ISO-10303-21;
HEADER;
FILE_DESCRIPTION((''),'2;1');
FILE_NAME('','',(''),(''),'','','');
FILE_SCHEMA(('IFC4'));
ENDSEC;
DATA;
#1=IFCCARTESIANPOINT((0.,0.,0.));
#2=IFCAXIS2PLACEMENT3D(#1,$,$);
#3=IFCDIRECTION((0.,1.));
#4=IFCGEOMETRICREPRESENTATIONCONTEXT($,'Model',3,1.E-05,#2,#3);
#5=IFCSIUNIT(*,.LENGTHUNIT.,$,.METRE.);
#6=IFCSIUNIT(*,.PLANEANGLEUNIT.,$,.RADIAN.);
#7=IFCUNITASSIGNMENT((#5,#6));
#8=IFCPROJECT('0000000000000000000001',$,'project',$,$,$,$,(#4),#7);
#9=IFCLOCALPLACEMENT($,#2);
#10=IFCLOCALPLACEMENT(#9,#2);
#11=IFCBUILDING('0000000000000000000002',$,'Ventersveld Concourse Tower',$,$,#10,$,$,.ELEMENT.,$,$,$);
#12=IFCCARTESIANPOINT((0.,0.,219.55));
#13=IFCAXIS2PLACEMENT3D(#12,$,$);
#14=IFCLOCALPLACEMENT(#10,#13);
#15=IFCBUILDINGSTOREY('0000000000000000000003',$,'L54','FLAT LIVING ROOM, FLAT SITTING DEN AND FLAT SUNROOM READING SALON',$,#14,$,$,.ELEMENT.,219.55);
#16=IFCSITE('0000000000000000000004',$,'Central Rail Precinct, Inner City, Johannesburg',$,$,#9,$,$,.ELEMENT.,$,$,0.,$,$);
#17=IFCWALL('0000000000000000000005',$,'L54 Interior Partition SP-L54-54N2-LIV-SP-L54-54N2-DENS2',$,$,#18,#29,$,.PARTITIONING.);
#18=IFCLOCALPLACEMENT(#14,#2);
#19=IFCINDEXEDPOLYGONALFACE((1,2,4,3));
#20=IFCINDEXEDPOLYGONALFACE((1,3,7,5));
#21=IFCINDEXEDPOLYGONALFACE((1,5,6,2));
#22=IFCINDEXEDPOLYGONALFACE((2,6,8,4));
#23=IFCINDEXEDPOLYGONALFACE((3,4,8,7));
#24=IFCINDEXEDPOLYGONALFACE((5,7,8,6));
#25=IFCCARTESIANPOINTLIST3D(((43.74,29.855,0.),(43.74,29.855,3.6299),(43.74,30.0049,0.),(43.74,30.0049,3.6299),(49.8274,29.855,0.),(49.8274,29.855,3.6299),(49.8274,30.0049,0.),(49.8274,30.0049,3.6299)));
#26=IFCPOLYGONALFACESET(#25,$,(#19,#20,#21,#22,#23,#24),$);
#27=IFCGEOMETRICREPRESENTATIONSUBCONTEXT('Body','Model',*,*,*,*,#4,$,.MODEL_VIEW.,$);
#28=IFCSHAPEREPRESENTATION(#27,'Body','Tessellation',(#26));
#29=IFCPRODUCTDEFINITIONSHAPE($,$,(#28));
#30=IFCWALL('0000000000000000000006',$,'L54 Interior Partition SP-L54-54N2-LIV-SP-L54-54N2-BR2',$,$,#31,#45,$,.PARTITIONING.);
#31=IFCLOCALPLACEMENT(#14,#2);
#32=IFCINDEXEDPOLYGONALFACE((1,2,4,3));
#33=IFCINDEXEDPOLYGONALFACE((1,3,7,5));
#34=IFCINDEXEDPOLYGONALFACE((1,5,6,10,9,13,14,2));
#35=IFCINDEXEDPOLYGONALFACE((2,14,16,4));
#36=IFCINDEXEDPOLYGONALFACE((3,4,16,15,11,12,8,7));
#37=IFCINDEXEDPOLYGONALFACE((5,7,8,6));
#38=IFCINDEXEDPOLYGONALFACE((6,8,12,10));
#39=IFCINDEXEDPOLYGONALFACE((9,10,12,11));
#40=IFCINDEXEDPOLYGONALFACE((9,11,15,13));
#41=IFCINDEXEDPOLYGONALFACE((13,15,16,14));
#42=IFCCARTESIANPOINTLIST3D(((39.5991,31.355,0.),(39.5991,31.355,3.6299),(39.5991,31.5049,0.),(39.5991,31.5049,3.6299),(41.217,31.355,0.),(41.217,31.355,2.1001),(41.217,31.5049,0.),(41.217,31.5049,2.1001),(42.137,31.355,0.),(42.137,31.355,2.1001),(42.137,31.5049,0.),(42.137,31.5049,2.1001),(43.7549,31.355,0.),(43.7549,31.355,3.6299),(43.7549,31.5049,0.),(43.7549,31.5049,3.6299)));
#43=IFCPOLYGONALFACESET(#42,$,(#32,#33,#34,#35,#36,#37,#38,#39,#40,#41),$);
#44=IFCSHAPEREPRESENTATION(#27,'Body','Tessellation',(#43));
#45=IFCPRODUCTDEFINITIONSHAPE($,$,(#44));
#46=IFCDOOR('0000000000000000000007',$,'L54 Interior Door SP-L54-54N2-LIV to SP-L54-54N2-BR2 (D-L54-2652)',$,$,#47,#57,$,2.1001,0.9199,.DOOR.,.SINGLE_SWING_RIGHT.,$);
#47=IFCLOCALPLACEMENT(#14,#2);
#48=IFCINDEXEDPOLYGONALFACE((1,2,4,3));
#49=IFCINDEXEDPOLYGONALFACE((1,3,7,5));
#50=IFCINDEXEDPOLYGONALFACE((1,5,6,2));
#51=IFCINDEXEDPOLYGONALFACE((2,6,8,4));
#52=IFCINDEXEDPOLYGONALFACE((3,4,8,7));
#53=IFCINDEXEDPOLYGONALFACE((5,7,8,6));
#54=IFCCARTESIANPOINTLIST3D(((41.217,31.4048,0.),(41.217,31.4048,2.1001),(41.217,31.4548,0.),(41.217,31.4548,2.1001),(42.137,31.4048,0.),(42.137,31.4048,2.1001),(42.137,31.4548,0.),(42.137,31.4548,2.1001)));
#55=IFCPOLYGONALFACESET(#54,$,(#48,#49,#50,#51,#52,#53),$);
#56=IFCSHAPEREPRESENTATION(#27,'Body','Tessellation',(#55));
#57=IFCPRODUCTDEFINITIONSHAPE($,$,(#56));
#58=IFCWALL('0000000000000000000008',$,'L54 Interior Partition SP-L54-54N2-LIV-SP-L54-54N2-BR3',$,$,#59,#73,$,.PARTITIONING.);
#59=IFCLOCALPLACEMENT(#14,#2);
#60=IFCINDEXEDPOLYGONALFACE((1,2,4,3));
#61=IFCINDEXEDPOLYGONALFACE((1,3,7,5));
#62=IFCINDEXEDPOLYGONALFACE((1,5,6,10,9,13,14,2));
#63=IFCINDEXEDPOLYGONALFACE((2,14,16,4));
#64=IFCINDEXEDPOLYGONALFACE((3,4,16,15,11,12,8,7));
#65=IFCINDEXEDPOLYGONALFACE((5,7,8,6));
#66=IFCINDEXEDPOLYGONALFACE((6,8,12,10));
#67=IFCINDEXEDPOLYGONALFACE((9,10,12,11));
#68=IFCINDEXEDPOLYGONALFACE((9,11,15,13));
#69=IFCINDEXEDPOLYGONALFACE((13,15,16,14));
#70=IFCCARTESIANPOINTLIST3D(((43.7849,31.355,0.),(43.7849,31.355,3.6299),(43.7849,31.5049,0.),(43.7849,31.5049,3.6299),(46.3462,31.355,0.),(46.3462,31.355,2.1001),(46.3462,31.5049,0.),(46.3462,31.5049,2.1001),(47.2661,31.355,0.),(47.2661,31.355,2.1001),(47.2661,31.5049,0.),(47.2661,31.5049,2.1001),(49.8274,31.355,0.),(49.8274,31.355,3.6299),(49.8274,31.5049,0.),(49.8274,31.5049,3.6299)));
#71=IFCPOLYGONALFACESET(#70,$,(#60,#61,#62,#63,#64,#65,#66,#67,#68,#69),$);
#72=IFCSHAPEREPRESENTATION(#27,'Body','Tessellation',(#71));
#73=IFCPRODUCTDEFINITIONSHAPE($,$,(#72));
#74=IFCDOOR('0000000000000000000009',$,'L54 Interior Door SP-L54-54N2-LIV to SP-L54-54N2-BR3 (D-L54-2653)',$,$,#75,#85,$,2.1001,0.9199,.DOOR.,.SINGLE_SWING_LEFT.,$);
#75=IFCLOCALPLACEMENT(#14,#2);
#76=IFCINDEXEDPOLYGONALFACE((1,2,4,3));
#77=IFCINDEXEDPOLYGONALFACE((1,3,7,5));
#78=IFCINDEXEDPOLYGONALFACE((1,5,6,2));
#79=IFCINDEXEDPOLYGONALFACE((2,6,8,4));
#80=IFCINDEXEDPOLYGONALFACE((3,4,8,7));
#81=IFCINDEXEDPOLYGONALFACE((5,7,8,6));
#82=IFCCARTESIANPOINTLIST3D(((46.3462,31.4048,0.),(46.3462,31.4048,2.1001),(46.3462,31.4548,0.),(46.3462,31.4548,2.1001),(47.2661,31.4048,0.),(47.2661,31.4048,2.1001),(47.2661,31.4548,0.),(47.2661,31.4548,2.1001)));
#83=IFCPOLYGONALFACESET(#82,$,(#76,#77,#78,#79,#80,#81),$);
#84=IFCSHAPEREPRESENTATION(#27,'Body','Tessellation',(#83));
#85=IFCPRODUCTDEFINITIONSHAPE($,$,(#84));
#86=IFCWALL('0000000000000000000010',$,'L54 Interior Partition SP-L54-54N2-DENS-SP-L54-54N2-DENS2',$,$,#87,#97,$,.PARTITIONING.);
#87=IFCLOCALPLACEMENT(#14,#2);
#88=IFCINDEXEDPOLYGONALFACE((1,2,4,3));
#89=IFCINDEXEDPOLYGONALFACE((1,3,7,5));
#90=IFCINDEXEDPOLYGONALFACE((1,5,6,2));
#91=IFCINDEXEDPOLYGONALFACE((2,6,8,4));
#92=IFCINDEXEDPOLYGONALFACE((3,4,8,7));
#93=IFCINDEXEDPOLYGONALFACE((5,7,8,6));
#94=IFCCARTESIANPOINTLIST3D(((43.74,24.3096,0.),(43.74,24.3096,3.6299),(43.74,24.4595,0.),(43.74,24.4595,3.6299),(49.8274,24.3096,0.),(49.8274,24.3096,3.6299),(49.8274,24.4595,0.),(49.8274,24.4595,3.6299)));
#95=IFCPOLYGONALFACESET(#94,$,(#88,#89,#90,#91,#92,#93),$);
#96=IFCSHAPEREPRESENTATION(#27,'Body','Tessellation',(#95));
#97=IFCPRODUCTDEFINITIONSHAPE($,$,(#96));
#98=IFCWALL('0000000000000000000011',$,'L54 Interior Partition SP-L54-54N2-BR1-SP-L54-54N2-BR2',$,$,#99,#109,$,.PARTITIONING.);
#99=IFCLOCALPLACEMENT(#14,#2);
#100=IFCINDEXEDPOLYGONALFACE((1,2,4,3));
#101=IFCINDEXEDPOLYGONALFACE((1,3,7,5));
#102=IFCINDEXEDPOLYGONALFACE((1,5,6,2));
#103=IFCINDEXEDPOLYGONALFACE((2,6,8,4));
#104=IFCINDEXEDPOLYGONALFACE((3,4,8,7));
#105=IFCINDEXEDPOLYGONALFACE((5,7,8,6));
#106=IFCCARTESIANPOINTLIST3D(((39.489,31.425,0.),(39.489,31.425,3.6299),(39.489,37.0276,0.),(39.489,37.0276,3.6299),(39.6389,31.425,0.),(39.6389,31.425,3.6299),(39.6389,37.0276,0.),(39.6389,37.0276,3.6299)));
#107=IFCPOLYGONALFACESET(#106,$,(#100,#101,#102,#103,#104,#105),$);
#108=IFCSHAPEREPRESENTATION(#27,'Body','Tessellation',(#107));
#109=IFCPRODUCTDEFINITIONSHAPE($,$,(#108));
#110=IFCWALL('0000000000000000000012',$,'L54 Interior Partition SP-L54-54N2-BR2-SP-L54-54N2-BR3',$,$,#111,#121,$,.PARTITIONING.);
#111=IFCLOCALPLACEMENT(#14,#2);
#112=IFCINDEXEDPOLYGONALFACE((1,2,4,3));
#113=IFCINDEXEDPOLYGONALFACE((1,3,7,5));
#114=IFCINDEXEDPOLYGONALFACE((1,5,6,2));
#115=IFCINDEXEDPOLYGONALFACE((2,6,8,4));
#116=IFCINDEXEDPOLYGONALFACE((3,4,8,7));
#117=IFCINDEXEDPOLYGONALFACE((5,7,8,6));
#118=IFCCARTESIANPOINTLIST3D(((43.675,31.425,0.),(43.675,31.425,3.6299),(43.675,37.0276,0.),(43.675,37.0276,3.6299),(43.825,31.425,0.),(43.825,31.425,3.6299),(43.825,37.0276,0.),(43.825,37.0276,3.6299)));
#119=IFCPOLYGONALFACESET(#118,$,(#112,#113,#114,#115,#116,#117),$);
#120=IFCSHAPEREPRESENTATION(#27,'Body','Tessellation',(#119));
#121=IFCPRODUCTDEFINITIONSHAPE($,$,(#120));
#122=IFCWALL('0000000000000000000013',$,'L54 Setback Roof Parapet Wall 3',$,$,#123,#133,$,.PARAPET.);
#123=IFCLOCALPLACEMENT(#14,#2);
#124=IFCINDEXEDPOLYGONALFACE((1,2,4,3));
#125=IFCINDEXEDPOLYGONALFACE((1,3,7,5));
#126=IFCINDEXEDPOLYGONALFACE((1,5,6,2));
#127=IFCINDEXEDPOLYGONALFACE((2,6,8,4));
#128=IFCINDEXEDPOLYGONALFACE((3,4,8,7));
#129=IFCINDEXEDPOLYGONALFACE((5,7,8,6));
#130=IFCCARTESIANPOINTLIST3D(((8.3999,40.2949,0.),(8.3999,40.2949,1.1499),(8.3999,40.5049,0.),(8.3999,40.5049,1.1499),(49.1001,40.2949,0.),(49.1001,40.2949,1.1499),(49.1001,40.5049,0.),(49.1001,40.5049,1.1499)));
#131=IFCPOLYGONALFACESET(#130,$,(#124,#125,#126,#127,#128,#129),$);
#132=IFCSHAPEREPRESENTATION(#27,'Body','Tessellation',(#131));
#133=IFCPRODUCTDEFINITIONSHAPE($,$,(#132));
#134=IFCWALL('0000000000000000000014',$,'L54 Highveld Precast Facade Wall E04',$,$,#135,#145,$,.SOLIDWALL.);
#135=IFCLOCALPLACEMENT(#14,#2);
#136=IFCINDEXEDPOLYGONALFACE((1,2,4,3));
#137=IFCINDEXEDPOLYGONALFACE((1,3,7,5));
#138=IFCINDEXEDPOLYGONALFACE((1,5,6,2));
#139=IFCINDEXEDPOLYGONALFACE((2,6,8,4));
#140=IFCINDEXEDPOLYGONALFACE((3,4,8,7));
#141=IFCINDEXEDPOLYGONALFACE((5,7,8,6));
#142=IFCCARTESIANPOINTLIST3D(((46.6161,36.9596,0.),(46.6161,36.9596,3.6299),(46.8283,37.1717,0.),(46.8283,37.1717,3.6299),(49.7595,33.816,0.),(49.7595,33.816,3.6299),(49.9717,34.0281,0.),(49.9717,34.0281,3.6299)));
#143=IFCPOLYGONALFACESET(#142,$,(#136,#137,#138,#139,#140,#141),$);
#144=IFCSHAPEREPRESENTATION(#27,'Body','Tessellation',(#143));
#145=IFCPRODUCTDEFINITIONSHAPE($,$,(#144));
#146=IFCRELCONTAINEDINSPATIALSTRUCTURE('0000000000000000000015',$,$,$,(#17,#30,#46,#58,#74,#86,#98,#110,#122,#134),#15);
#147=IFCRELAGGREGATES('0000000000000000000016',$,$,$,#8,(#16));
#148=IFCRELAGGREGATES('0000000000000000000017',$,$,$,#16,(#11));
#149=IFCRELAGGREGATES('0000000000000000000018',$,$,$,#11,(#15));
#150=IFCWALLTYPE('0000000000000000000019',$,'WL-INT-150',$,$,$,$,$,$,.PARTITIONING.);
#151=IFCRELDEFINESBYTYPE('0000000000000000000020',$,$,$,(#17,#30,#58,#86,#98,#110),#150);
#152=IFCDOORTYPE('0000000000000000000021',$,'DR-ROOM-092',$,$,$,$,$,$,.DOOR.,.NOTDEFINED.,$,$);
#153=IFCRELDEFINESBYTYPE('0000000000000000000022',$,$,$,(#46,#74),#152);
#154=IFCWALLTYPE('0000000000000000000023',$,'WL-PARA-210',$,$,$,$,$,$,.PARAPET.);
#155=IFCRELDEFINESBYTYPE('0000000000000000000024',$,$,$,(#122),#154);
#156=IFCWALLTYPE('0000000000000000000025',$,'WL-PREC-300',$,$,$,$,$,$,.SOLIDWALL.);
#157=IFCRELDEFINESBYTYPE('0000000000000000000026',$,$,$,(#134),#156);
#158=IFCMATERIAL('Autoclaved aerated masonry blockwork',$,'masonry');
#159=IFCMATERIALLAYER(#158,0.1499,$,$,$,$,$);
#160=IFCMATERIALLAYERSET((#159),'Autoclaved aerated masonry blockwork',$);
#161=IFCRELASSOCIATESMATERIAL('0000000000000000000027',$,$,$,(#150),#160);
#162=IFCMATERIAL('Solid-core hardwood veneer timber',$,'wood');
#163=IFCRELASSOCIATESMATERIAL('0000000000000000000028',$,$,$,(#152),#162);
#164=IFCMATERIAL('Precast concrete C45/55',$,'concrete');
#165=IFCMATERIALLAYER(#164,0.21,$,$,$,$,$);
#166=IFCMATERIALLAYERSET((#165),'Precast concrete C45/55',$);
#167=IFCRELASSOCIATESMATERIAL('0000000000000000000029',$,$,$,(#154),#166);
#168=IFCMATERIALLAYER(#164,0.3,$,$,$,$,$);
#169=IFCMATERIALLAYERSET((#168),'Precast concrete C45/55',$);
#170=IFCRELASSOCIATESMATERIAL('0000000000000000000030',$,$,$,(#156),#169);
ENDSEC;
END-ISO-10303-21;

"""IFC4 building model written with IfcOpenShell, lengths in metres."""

from ifc_helpers import new_model, si_unit, direction, frame, frame_2d, origin, place, context, subcontext, project, spatial, rectangle, extrude, material, layer, layer_set, type_object, element, fill, save


model = new_model("IFC4")

# Units and contexts
model_context = context("Model", 3, precision=1e-05, world=origin(), true_north=direction((0.0, 1.0)))
body_context = subcontext(model_context, "Body", "Model", "MODEL_VIEW")
ifc_project = project(units=[si_unit("LENGTHUNIT", "METRE"), si_unit("PLANEANGLEUNIT", "RADIAN")], contexts=[model_context])

# Site, building, storey
site_placement = place(None, origin())
site = spatial("IfcSite", under=ifc_project, at=site_placement, Name="Central Rail Precinct, Inner City, Johannesburg", CompositionType="ELEMENT", RefElevation=0.0)
building_placement = place(site_placement, origin())
building = spatial("IfcBuilding", under=site, at=building_placement, Name="Ventersveld Concourse Tower", CompositionType="ELEMENT")
storey_placement = place(building_placement, frame((0.0, 0.0, 219.55)))
storey = spatial("IfcBuildingStorey", under=building, at=storey_placement, Name="L54", Description="FLAT LIVING ROOM, FLAT SITTING DEN AND FLAT SUNROOM READING SALON", CompositionType="ELEMENT", Elevation=219.55)

# Shared definitions
ifc_material_1 = material(Name="Autoclaved aerated masonry blockwork", Category="masonry")
ifc_layer_1 = layer(ifc_material_1, 0.1499)
ifc_layer_set_1 = layer_set([ifc_layer_1], Name="Autoclaved aerated masonry blockwork")
wall_type_1 = type_object("IfcWallType", Name="WL-INT-150", PredefinedType="PARTITIONING", material=ifc_layer_set_1)
ifc_material_2 = material(Name="Solid-core hardwood veneer timber", Category="wood")
door_type = type_object("IfcDoorType", Name="DR-ROOM-092", OperationType="NOTDEFINED", PredefinedType="DOOR", material=ifc_material_2)

# Wall
wall_1_placement = place(storey_placement, frame((43.74, 29.9299, 0.0), z_axis=(0.0, 0.0, 1.0), x_axis=(1.0, 0.0, 0.0)))
element("IfcWall", 1, at=wall_1_placement, inside=storey, type_object=wall_type_1, Name="L54 Interior Partition SP-L54-54N2-LIV-SP-L54-54N2-DENS2", PredefinedType="PARTITIONING", context=body_context, shape_type="SweptSolid", body=[
    extrude(rectangle(XDim=6.0874, YDim=0.1499, at=frame_2d((3.0437, 0.0))), origin(), (0.0, 0.0, 1.0), 3.6299),
])

# Walls, openings, doors
wall_2_placement = place(storey_placement, frame((39.5991, 31.4299, 0.0), z_axis=(0.0, 0.0, 1.0), x_axis=(1.0, 0.0, 0.0)))
wall_2 = element("IfcWall", 2, at=wall_2_placement, inside=storey, type_object=wall_type_1, Name="L54 Interior Partition SP-L54-54N2-LIV-SP-L54-54N2-BR2", PredefinedType="PARTITIONING", context=body_context, shape_type="SweptSolid", body=[
    extrude(rectangle(XDim=4.1558, YDim=0.1499, at=frame_2d((2.0779, 0.0))), origin(), (0.0, 0.0, 1.0), 3.6299),
])
opening_1_placement = place(wall_2_placement, frame((1.6179, 0.0, 0.0)))
opening_1 = element("IfcOpeningElement", 3, at=opening_1_placement, cuts=wall_2, PredefinedType="OPENING", context=body_context, shape_type="SweptSolid", body=[
    extrude(rectangle(XDim=0.9199, YDim=2.1001, at=frame_2d((0.46, 1.05))), frame((0.0, 0.085, 0.0), z_axis=(0.0, -1.0, 0.0), x_axis=(1.0, 0.0, 0.0)), (0.0, 0.0, 1.0), 0.1699),
])
door_1_placement = place(opening_1_placement, origin())
door_1 = element("IfcDoor", 4, at=door_1_placement, inside=storey, type_object=door_type, Name="L54 Interior Door SP-L54-54N2-LIV to SP-L54-54N2-BR2 (D-L54-2652)", OperationType="SINGLE_SWING_RIGHT", OverallHeight=2.1001, OverallWidth=0.9199, PredefinedType="DOOR", context=body_context, shape_type="SweptSolid", body=[
    extrude(rectangle(XDim=0.9199, YDim=2.1001, at=frame_2d((0.46, 1.05))), frame((0.0, 0.0249, 0.0), z_axis=(0.0, -1.0, 0.0), x_axis=(1.0, 0.0, 0.0)), (0.0, 0.0, 1.0), 0.05),
])
fill(opening_1, door_1)
wall_3_placement = place(storey_placement, frame((43.7849, 31.4299, 0.0), z_axis=(0.0, 0.0, 1.0), x_axis=(1.0, 0.0, 0.0)))
wall_3 = element("IfcWall", 5, at=wall_3_placement, inside=storey, type_object=wall_type_1, Name="L54 Interior Partition SP-L54-54N2-LIV-SP-L54-54N2-BR3", PredefinedType="PARTITIONING", context=body_context, shape_type="SweptSolid", body=[
    extrude(rectangle(XDim=6.0425, YDim=0.1499, at=frame_2d((3.0212, 0.0))), origin(), (0.0, 0.0, 1.0), 3.6299),
])
opening_2_placement = place(wall_3_placement, frame((2.5613, 0.0, 0.0)))
opening_2 = element("IfcOpeningElement", 6, at=opening_2_placement, cuts=wall_3, PredefinedType="OPENING", context=body_context, shape_type="SweptSolid", body=[
    extrude(rectangle(XDim=0.9199, YDim=2.1001, at=frame_2d((0.46, 1.05))), frame((0.0, 0.085, 0.0), z_axis=(0.0, -1.0, 0.0), x_axis=(1.0, 0.0, 0.0)), (0.0, 0.0, 1.0), 0.1699),
])
door_2_placement = place(opening_2_placement, origin())
door_2 = element("IfcDoor", 7, at=door_2_placement, inside=storey, type_object=door_type, Name="L54 Interior Door SP-L54-54N2-LIV to SP-L54-54N2-BR3 (D-L54-2653)", OperationType="SINGLE_SWING_LEFT", OverallHeight=2.1001, OverallWidth=0.9199, PredefinedType="DOOR", context=body_context, shape_type="SweptSolid", body=[
    extrude(rectangle(XDim=0.9199, YDim=2.1001, at=frame_2d((0.46, 1.05))), frame((0.0, 0.0249, 0.0), z_axis=(0.0, -1.0, 0.0), x_axis=(1.0, 0.0, 0.0)), (0.0, 0.0, 1.0), 0.05),
])
fill(opening_2, door_2)

# Walls
wall_4_placement = place(storey_placement, frame((43.74, 24.3845, 0.0), z_axis=(0.0, 0.0, 1.0), x_axis=(1.0, 0.0, 0.0)))
element("IfcWall", 8, at=wall_4_placement, inside=storey, type_object=wall_type_1, Name="L54 Interior Partition SP-L54-54N2-DENS-SP-L54-54N2-DENS2", PredefinedType="PARTITIONING", context=body_context, shape_type="SweptSolid", body=[
    extrude(rectangle(XDim=6.0874, YDim=0.1499, at=frame_2d((3.0437, 0.0))), origin(), (0.0, 0.0, 1.0), 3.6299),
])
for number, where, z_axis, x_axis, name in (
    (9, (39.564, 31.425, 0.0), (0.0, 0.0, 1.0), (0.0, 1.0, 0.0), "L54 Interior Partition SP-L54-54N2-BR1-SP-L54-54N2-BR2"),
    (10, (43.75, 31.425, 0.0), (0.0, 0.0, 1.0), (0.0, 1.0, 0.0), "L54 Interior Partition SP-L54-54N2-BR2-SP-L54-54N2-BR3"),
):
    element("IfcWall", number, at=place(storey_placement, frame(where, z_axis=z_axis, x_axis=x_axis)), inside=storey, type_object=wall_type_1, Name=name, PredefinedType="PARTITIONING", context=body_context, shape_type="SweptSolid", body=[
        extrude(rectangle(XDim=5.6025, YDim=0.1499, at=frame_2d((2.8013, 0.0))), origin(), (0.0, 0.0, 1.0), 3.6299),
    ])
ifc_material_3 = material(Name="Precast concrete C45/55", Category="concrete")
ifc_layer_2 = layer(ifc_material_3, 0.21)
ifc_layer_set_2 = layer_set([ifc_layer_2], Name="Precast concrete C45/55")
wall_type_2 = type_object("IfcWallType", Name="WL-PARA-210", PredefinedType="PARAPET", material=ifc_layer_set_2)
wall_5_placement = place(storey_placement, frame((49.1001, 40.3999, 0.0), z_axis=(0.0, 0.0, 1.0), x_axis=(-1.0, 0.0, 0.0)))
element("IfcWall", 11, at=wall_5_placement, inside=storey, type_object=wall_type_2, Name="L54 Setback Roof Parapet Wall 3", PredefinedType="PARAPET", context=body_context, shape_type="SweptSolid", body=[
    extrude(rectangle(XDim=40.7002, YDim=0.21, at=frame_2d((20.3501, 0.0))), origin(), (0.0, 0.0, 1.0), 1.1499),
])
ifc_layer_3 = layer(ifc_material_3, 0.3)
ifc_layer_set_3 = layer_set([ifc_layer_3], Name="Precast concrete C45/55")
wall_type_3 = type_object("IfcWallType", Name="WL-PREC-300", PredefinedType="SOLIDWALL", material=ifc_layer_set_3)
wall_6_placement = place(storey_placement, frame((49.8655, 33.9221, 0.0), z_axis=(0.0, 0.0, 1.0), x_axis=(-0.707079, 0.707134, 0.0)))
element("IfcWall", 12, at=wall_6_placement, inside=storey, type_object=wall_type_3, Name="L54 Highveld Precast Facade Wall E04", PredefinedType="SOLIDWALL", context=body_context, shape_type="SweptSolid", body=[
    extrude(rectangle(XDim=4.4456, YDim=0.3, at=frame_2d((2.2227, 0.0))), origin(), (0.0, 0.0, 1.0), 3.6299),
])

save(model, "model.ifc")
